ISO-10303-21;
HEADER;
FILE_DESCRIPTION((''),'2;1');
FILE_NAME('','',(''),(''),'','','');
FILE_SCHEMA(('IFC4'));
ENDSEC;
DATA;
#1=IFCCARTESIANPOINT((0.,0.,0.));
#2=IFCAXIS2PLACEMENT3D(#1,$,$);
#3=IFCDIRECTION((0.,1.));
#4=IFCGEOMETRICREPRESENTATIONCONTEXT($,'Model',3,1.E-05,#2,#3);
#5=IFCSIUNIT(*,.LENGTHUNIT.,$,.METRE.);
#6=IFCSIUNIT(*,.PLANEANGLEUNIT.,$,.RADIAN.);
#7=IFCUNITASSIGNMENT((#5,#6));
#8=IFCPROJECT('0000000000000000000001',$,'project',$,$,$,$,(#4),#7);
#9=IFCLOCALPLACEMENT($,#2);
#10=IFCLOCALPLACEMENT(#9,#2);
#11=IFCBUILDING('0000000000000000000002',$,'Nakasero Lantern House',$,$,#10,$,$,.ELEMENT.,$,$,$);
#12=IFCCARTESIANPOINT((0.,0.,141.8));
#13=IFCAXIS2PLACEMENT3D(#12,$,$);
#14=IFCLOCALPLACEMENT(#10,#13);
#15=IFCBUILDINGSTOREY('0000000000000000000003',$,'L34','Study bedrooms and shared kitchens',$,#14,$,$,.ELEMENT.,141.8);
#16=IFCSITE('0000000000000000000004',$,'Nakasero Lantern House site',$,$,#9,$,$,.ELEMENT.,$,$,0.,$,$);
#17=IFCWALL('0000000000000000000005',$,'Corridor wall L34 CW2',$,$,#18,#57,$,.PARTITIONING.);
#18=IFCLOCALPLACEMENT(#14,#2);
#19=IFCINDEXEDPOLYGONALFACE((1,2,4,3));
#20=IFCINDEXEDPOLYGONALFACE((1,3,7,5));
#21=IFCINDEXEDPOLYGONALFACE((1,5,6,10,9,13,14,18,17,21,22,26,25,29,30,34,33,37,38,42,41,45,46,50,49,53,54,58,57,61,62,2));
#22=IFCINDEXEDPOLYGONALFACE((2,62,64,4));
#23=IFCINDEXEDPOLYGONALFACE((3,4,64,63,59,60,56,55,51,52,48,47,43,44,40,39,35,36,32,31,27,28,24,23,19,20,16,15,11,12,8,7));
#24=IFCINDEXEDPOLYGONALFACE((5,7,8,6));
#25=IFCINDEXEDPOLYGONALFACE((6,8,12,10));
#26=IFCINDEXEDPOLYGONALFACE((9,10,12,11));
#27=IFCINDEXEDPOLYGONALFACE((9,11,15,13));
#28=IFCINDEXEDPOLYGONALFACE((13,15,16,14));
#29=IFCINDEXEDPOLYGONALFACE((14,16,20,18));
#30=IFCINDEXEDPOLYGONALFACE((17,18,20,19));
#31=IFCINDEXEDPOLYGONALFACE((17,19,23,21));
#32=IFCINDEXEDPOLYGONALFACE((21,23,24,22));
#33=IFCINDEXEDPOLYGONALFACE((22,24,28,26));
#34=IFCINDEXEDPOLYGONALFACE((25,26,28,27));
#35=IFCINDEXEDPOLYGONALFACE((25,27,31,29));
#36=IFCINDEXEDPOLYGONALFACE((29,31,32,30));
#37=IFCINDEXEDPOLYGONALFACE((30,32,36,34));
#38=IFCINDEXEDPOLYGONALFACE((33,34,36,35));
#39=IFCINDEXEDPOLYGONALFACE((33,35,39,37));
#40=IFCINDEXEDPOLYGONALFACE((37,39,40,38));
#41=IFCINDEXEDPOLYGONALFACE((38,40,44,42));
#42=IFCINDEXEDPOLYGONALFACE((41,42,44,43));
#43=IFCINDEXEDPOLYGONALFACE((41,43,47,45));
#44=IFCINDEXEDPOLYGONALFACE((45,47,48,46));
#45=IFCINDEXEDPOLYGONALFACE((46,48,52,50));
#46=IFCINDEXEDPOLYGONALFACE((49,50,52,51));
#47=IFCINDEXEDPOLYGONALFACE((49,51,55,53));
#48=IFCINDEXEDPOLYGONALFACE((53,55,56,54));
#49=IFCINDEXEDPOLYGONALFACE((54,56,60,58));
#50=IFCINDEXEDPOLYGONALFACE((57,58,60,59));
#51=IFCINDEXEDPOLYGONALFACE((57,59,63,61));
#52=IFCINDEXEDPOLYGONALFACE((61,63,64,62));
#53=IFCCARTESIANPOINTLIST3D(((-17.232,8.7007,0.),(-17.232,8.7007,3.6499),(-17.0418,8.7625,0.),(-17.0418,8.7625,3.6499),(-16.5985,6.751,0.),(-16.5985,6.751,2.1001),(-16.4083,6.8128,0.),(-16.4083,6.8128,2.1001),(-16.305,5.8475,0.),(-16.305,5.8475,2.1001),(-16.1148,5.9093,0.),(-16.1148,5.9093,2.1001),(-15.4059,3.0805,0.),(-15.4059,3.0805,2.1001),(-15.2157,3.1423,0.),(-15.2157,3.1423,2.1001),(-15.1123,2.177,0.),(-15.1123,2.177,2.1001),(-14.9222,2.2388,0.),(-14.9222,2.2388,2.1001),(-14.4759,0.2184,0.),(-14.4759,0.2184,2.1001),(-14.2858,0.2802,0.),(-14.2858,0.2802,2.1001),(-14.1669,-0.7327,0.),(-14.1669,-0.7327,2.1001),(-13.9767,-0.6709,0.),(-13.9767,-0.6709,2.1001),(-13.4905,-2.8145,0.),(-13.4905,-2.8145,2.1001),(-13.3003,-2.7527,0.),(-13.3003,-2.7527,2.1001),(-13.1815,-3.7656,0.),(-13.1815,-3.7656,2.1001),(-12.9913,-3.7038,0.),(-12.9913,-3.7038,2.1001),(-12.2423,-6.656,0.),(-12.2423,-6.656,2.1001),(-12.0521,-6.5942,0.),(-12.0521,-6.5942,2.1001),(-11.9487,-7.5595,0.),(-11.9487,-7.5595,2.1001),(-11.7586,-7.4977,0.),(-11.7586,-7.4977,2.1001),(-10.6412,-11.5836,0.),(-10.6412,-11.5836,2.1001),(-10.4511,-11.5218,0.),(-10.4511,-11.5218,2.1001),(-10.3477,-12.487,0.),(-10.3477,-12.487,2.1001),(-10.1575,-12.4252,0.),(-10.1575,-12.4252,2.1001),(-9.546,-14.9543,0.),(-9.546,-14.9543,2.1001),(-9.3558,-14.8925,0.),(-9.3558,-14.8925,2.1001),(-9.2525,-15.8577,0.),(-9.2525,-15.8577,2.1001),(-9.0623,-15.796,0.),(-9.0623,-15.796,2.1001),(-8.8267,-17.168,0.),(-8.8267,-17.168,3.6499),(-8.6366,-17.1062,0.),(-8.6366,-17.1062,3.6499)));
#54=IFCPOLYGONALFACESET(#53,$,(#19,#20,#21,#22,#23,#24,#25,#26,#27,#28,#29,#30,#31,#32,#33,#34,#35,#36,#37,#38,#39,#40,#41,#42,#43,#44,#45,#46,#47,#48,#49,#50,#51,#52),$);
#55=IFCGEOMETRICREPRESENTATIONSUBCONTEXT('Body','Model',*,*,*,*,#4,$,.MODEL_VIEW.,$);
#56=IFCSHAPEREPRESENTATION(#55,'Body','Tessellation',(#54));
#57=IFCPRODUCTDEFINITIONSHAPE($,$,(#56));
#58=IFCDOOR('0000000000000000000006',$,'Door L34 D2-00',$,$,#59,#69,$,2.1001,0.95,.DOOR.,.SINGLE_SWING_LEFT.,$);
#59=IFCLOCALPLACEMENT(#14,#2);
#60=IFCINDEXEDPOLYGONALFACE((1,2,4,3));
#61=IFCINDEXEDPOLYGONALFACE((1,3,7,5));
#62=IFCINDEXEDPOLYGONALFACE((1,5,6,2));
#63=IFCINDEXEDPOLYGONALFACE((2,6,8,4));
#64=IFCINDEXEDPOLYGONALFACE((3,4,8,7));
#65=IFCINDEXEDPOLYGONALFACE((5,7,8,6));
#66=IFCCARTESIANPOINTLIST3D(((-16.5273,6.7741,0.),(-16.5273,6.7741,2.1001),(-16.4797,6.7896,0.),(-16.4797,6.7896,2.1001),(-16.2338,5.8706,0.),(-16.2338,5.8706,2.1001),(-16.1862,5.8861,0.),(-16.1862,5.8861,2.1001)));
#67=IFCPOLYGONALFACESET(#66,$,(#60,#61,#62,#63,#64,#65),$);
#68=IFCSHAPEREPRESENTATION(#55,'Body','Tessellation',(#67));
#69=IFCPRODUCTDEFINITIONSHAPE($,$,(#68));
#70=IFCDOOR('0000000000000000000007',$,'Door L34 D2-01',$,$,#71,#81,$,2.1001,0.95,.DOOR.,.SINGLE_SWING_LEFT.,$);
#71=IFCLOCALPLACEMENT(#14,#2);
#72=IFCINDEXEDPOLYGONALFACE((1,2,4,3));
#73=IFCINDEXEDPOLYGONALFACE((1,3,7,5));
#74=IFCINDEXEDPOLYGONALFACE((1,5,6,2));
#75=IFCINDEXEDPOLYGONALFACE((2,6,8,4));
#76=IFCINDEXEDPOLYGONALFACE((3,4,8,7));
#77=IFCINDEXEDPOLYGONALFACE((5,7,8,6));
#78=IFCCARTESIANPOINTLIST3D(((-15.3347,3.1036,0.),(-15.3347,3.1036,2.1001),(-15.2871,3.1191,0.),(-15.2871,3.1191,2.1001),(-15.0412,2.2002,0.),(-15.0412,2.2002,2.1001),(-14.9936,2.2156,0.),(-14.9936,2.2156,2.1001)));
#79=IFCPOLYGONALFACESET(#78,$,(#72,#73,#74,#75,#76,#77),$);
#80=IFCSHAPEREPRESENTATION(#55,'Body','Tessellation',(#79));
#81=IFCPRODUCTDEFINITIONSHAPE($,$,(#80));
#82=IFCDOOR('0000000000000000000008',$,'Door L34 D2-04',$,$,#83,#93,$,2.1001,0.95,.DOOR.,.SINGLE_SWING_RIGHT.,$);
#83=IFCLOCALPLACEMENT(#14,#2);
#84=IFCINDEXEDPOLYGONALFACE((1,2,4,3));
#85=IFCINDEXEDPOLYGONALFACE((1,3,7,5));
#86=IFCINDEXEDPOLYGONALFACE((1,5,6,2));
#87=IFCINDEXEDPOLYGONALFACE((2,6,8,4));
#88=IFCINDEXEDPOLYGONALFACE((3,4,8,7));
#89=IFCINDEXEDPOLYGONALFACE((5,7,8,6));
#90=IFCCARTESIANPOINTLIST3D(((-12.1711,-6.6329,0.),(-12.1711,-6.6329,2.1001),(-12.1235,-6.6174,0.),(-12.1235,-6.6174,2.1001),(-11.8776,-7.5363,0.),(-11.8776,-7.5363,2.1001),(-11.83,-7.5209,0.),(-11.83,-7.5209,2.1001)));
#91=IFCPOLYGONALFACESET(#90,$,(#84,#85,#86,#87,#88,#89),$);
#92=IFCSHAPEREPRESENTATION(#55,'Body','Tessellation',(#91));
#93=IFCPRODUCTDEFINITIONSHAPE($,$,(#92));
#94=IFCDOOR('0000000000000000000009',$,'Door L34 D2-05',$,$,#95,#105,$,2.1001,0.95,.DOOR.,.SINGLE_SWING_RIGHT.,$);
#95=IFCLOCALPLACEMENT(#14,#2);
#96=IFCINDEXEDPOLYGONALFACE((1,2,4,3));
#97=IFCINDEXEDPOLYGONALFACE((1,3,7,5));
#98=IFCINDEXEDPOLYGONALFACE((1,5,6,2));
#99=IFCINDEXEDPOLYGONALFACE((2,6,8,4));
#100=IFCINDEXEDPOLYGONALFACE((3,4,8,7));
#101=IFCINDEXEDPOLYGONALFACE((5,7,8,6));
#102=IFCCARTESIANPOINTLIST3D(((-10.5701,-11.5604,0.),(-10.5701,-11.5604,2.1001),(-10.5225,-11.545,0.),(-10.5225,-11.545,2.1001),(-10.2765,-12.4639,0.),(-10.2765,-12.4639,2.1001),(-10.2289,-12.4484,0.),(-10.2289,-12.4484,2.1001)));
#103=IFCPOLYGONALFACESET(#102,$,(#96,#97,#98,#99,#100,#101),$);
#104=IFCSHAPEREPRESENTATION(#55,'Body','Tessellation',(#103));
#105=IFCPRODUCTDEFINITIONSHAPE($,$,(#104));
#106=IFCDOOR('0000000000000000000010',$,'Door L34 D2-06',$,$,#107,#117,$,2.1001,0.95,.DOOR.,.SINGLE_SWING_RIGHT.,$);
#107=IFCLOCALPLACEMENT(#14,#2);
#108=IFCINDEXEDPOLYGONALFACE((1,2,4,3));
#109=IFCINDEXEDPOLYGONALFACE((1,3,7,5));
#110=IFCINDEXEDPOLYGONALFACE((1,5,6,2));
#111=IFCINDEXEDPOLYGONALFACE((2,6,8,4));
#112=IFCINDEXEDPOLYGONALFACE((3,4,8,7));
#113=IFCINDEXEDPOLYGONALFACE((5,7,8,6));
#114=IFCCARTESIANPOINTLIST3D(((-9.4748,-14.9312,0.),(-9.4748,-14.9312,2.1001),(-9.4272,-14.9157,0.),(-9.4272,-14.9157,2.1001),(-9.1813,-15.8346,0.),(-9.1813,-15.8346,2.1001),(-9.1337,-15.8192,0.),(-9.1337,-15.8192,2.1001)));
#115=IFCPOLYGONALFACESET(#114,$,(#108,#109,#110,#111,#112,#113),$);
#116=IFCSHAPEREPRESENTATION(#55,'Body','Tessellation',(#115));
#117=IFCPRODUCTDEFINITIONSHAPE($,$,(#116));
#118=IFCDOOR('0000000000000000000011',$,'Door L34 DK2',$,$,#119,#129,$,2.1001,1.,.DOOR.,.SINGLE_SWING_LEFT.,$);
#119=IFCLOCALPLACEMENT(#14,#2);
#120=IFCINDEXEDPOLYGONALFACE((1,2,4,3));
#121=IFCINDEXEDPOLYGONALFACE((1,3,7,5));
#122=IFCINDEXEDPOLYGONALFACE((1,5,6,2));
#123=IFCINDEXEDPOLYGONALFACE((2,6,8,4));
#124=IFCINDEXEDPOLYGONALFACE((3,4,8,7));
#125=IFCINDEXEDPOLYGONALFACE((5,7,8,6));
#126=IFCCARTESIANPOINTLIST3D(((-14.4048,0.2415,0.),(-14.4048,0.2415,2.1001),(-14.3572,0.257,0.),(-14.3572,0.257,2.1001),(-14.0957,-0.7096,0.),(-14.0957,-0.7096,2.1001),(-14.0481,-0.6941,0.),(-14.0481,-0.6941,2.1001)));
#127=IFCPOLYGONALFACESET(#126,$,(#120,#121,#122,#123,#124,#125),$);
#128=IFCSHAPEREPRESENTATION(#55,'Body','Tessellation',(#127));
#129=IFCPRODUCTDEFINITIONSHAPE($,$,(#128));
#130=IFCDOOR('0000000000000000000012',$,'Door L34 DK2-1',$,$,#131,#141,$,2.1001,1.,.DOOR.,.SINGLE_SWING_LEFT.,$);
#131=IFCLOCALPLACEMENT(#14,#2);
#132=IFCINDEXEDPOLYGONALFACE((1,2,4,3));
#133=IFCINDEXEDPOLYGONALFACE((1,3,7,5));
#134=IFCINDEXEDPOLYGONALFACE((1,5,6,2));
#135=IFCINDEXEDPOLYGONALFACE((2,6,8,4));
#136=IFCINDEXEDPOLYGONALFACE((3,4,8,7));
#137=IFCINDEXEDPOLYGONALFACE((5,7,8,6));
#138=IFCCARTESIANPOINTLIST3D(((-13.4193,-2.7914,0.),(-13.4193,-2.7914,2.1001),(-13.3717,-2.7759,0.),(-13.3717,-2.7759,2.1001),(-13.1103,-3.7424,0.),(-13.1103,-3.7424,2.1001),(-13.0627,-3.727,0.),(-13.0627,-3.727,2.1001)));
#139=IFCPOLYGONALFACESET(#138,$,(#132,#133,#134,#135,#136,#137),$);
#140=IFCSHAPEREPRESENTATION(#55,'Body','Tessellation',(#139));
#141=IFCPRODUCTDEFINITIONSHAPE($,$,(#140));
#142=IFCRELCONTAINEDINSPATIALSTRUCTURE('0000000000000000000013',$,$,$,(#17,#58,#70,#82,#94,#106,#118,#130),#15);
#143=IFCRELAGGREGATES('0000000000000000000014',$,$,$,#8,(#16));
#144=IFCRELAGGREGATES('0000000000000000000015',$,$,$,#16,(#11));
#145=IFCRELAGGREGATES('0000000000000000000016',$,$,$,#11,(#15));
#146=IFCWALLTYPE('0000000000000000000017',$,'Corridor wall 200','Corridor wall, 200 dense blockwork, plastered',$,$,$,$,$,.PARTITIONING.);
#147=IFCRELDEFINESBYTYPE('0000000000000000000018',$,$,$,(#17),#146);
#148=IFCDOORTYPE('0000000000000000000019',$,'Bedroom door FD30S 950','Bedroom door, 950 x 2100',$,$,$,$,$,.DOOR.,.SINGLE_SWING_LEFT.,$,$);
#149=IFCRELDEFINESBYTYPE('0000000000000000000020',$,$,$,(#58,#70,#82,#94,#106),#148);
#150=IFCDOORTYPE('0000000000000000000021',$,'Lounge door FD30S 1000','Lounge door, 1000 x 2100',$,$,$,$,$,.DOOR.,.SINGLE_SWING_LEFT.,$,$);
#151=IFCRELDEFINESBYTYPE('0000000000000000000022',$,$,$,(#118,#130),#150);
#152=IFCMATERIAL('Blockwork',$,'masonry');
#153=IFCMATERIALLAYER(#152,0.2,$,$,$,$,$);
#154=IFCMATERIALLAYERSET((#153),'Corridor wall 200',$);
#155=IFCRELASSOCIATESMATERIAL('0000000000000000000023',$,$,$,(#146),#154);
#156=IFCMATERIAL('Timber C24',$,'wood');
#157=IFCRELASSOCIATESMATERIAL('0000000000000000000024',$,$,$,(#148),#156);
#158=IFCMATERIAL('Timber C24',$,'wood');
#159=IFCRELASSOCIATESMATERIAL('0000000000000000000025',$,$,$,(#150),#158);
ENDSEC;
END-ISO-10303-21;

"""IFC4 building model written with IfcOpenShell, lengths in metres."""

from ifc_helpers import new_model, si_unit, direction, frame, frame_2d, origin, place, context, subcontext, project, spatial, rectangle, extrude, material, layer, layer_set, type_object, element, fill, save


model = new_model("IFC4")

# Units and contexts
model_context = context("Model", 3, precision=1e-05, world=origin(), true_north=direction((0.0, 1.0)))
body_context = subcontext(model_context, "Body", "Model", "MODEL_VIEW")
ifc_project = project(units=[si_unit("LENGTHUNIT", "METRE"), si_unit("PLANEANGLEUNIT", "RADIAN")], contexts=[model_context])

# Site, building, storey
site_placement = place(None, origin())
site = spatial("IfcSite", under=ifc_project, at=site_placement, Name="Nakasero Lantern House site", CompositionType="ELEMENT", RefElevation=0.0)
building_placement = place(site_placement, origin())
building = spatial("IfcBuilding", under=site, at=building_placement, Name="Nakasero Lantern House", CompositionType="ELEMENT")
storey_placement = place(building_placement, frame((0.0, 0.0, 141.8)))
storey = spatial("IfcBuildingStorey", under=building, at=storey_placement, Name="L34", Description="Study bedrooms and shared kitchens", CompositionType="ELEMENT", Elevation=141.8)

# Wall, openings, doors
ifc_material_1 = material(Name="Blockwork", Category="masonry")
ifc_layer_1 = layer(ifc_material_1, 0.2)
ifc_layer_set_1 = layer_set([ifc_layer_1], Name="Corridor wall 200")
wall_type_1 = type_object("IfcWallType", Name="Corridor wall 200", Description="Corridor wall, 200 dense blockwork, plastered", PredefinedType="PARTITIONING", material=ifc_layer_set_1)
wall_1_placement = place(storey_placement, frame((-17.137, 8.7317, 0.0), z_axis=(0.0, 0.0, 1.0), x_axis=(0.309018, -0.951056, 0.0)))
wall_1 = element("IfcWall", 1, at=wall_1_placement, inside=storey, type_object=wall_type_1, Name="Corridor wall L34 CW2", PredefinedType="PARTITIONING", context=body_context, shape_type="SweptSolid", body=[
    extrude(rectangle(XDim=27.2, YDim=0.2, at=frame_2d((13.6001, 0.0))), origin(), (0.0, 0.0, 1.0), 3.6499),
])
opening_1_placement = place(wall_1_placement, frame((2.05, 0.0, 0.0)))
opening_1 = element("IfcOpeningElement", 2, at=opening_1_placement, cuts=wall_1, PredefinedType="OPENING", context=body_context, shape_type="SweptSolid", body=[
    extrude(rectangle(XDim=0.95, YDim=2.1001, at=frame_2d((0.4751, 1.05))), frame((0.0, 0.1199, 0.0), z_axis=(0.0, -1.0, 0.0), x_axis=(1.0, 0.0, 0.0)), (0.0, 0.0, 1.0), 0.24),
])
opening_2_placement = place(wall_1_placement, frame((5.9094, 0.0, 0.0)))
opening_2 = element("IfcOpeningElement", 3, at=opening_2_placement, cuts=wall_1, PredefinedType="OPENING", context=body_context, shape_type="SweptSolid", body=[
    extrude(rectangle(XDim=0.95, YDim=2.1001, at=frame_2d((0.4751, 1.05))), frame((0.0, 0.1199, 0.0), z_axis=(0.0, -1.0, 0.0), x_axis=(1.0, 0.0, 0.0)), (0.0, 0.0, 1.0), 0.24),
])
opening_3_placement = place(wall_1_placement, frame((16.147, 0.0, 0.0)))
opening_3 = element("IfcOpeningElement", 4, at=opening_3_placement, cuts=wall_1, PredefinedType="OPENING", context=body_context, shape_type="SweptSolid", body=[
    extrude(rectangle(XDim=0.95, YDim=2.1001, at=frame_2d((0.4751, 1.05))), frame((0.0, 0.1199, 0.0), z_axis=(0.0, -1.0, 0.0), x_axis=(1.0, 0.0, 0.0)), (0.0, 0.0, 1.0), 0.24),
])
opening_4_placement = place(wall_1_placement, frame((21.3281, 0.0, 0.0)))
opening_4 = element("IfcOpeningElement", 5, at=opening_4_placement, cuts=wall_1, PredefinedType="OPENING", context=body_context, shape_type="SweptSolid", body=[
    extrude(rectangle(XDim=0.95, YDim=2.1001, at=frame_2d((0.4751, 1.05))), frame((0.0, 0.1199, 0.0), z_axis=(0.0, -1.0, 0.0), x_axis=(1.0, 0.0, 0.0)), (0.0, 0.0, 1.0), 0.24),
])
opening_5_placement = place(wall_1_placement, frame((24.8723, 0.0, 0.0)))
opening_5 = element("IfcOpeningElement", 6, at=opening_5_placement, cuts=wall_1, PredefinedType="OPENING", context=body_context, shape_type="SweptSolid", body=[
    extrude(rectangle(XDim=0.95, YDim=2.1001, at=frame_2d((0.4751, 1.05))), frame((0.0, 0.1199, 0.0), z_axis=(0.0, -1.0, 0.0), x_axis=(1.0, 0.0, 0.0)), (0.0, 0.0, 1.0), 0.24),
])
opening_6_placement = place(wall_1_placement, frame((8.9189, 0.0, 0.0)))
opening_6 = element("IfcOpeningElement", 7, at=opening_6_placement, cuts=wall_1, PredefinedType="OPENING", context=body_context, shape_type="SweptSolid", body=[
    extrude(rectangle(XDim=1.0, YDim=2.1001, at=frame_2d((0.5, 1.05))), frame((0.0, 0.1199, 0.0), z_axis=(0.0, -1.0, 0.0), x_axis=(1.0, 0.0, 0.0)), (0.0, 0.0, 1.0), 0.24),
])
opening_7_placement = place(wall_1_placement, frame((12.1079, 0.0, 0.0)))
opening_7 = element("IfcOpeningElement", 8, at=opening_7_placement, cuts=wall_1, PredefinedType="OPENING", context=body_context, shape_type="SweptSolid", body=[
    extrude(rectangle(XDim=1.0, YDim=2.1001, at=frame_2d((0.5, 1.05))), frame((0.0, 0.1199, 0.0), z_axis=(0.0, -1.0, 0.0), x_axis=(1.0, 0.0, 0.0)), (0.0, 0.0, 1.0), 0.24),
])
ifc_material_2 = material(Name="Timber C24", Category="wood")
door_type_1 = type_object("IfcDoorType", Name="Bedroom door FD30S 950", Description="Bedroom door, 950 x 2100", OperationType="SINGLE_SWING_LEFT", PredefinedType="DOOR", material=ifc_material_2)
door_1_placement = place(opening_1_placement, origin())
door_1 = element("IfcDoor", 9, at=door_1_placement, inside=storey, type_object=door_type_1, Name="Door L34 D2-00", OperationType="SINGLE_SWING_LEFT", OverallHeight=2.1001, OverallWidth=0.95, PredefinedType="DOOR", context=body_context, shape_type="SweptSolid", body=[
    extrude(rectangle(XDim=0.95, YDim=2.1001, at=frame_2d((0.4751, 1.05))), frame((0.0, 0.0249, 0.0), z_axis=(0.0, -1.0, 0.0), x_axis=(1.0, 0.0, 0.0)), (0.0, 0.0, 1.0), 0.05),
])
fill(opening_1, door_1)
door_2_placement = place(opening_2_placement, origin())
door_2 = element("IfcDoor", 10, at=door_2_placement, inside=storey, type_object=door_type_1, Name="Door L34 D2-01", OperationType="SINGLE_SWING_LEFT", OverallHeight=2.1001, OverallWidth=0.95, PredefinedType="DOOR", context=body_context, shape_type="SweptSolid", body=[
    extrude(rectangle(XDim=0.95, YDim=2.1001, at=frame_2d((0.4751, 1.05))), frame((0.0, 0.0249, 0.0), z_axis=(0.0, -1.0, 0.0), x_axis=(1.0, 0.0, 0.0)), (0.0, 0.0, 1.0), 0.05),
])
fill(opening_2, door_2)
door_3_placement = place(opening_3_placement, origin())
door_3 = element("IfcDoor", 11, at=door_3_placement, inside=storey, type_object=door_type_1, Name="Door L34 D2-04", OperationType="SINGLE_SWING_RIGHT", OverallHeight=2.1001, OverallWidth=0.95, PredefinedType="DOOR", context=body_context, shape_type="SweptSolid", body=[
    extrude(rectangle(XDim=0.95, YDim=2.1001, at=frame_2d((0.4751, 1.05))), frame((0.0, 0.0249, 0.0), z_axis=(0.0, -1.0, 0.0), x_axis=(1.0, 0.0, 0.0)), (0.0, 0.0, 1.0), 0.05),
])
fill(opening_3, door_3)
door_4_placement = place(opening_4_placement, origin())
door_4 = element("IfcDoor", 12, at=door_4_placement, inside=storey, type_object=door_type_1, Name="Door L34 D2-05", OperationType="SINGLE_SWING_RIGHT", OverallHeight=2.1001, OverallWidth=0.95, PredefinedType="DOOR", context=body_context, shape_type="SweptSolid", body=[
    extrude(rectangle(XDim=0.95, YDim=2.1001, at=frame_2d((0.4751, 1.05))), frame((0.0, 0.0249, 0.0), z_axis=(0.0, -1.0, 0.0), x_axis=(1.0, 0.0, 0.0)), (0.0, 0.0, 1.0), 0.05),
])
fill(opening_4, door_4)
door_5_placement = place(opening_5_placement, origin())
door_5 = element("IfcDoor", 13, at=door_5_placement, inside=storey, type_object=door_type_1, Name="Door L34 D2-06", OperationType="SINGLE_SWING_RIGHT", OverallHeight=2.1001, OverallWidth=0.95, PredefinedType="DOOR", context=body_context, shape_type="SweptSolid", body=[
    extrude(rectangle(XDim=0.95, YDim=2.1001, at=frame_2d((0.4751, 1.05))), frame((0.0, 0.0249, 0.0), z_axis=(0.0, -1.0, 0.0), x_axis=(1.0, 0.0, 0.0)), (0.0, 0.0, 1.0), 0.05),
])
fill(opening_5, door_5)
ifc_material_3 = material(Name="Timber C24", Category="wood")
door_type_2 = type_object("IfcDoorType", Name="Lounge door FD30S 1000", Description="Lounge door, 1000 x 2100", OperationType="SINGLE_SWING_LEFT", PredefinedType="DOOR", material=ifc_material_3)
door_6_placement = place(opening_6_placement, origin())
door_6 = element("IfcDoor", 14, at=door_6_placement, inside=storey, type_object=door_type_2, Name="Door L34 DK2", OperationType="SINGLE_SWING_LEFT", OverallHeight=2.1001, OverallWidth=1.0, PredefinedType="DOOR", context=body_context, shape_type="SweptSolid", body=[
    extrude(rectangle(XDim=1.0, YDim=2.1001, at=frame_2d((0.5, 1.05))), frame((0.0, 0.0249, 0.0), z_axis=(0.0, -1.0, 0.0), x_axis=(1.0, 0.0, 0.0)), (0.0, 0.0, 1.0), 0.05),
])
fill(opening_6, door_6)
door_7_placement = place(opening_7_placement, origin())
door_7 = element("IfcDoor", 15, at=door_7_placement, inside=storey, type_object=door_type_2, Name="Door L34 DK2-1", OperationType="SINGLE_SWING_LEFT", OverallHeight=2.1001, OverallWidth=1.0, PredefinedType="DOOR", context=body_context, shape_type="SweptSolid", body=[
    extrude(rectangle(XDim=1.0, YDim=2.1001, at=frame_2d((0.5, 1.05))), frame((0.0, 0.0249, 0.0), z_axis=(0.0, -1.0, 0.0), x_axis=(1.0, 0.0, 0.0)), (0.0, 0.0, 1.0), 0.05),
])
fill(opening_7, door_7)

save(model, "model.ifc")
